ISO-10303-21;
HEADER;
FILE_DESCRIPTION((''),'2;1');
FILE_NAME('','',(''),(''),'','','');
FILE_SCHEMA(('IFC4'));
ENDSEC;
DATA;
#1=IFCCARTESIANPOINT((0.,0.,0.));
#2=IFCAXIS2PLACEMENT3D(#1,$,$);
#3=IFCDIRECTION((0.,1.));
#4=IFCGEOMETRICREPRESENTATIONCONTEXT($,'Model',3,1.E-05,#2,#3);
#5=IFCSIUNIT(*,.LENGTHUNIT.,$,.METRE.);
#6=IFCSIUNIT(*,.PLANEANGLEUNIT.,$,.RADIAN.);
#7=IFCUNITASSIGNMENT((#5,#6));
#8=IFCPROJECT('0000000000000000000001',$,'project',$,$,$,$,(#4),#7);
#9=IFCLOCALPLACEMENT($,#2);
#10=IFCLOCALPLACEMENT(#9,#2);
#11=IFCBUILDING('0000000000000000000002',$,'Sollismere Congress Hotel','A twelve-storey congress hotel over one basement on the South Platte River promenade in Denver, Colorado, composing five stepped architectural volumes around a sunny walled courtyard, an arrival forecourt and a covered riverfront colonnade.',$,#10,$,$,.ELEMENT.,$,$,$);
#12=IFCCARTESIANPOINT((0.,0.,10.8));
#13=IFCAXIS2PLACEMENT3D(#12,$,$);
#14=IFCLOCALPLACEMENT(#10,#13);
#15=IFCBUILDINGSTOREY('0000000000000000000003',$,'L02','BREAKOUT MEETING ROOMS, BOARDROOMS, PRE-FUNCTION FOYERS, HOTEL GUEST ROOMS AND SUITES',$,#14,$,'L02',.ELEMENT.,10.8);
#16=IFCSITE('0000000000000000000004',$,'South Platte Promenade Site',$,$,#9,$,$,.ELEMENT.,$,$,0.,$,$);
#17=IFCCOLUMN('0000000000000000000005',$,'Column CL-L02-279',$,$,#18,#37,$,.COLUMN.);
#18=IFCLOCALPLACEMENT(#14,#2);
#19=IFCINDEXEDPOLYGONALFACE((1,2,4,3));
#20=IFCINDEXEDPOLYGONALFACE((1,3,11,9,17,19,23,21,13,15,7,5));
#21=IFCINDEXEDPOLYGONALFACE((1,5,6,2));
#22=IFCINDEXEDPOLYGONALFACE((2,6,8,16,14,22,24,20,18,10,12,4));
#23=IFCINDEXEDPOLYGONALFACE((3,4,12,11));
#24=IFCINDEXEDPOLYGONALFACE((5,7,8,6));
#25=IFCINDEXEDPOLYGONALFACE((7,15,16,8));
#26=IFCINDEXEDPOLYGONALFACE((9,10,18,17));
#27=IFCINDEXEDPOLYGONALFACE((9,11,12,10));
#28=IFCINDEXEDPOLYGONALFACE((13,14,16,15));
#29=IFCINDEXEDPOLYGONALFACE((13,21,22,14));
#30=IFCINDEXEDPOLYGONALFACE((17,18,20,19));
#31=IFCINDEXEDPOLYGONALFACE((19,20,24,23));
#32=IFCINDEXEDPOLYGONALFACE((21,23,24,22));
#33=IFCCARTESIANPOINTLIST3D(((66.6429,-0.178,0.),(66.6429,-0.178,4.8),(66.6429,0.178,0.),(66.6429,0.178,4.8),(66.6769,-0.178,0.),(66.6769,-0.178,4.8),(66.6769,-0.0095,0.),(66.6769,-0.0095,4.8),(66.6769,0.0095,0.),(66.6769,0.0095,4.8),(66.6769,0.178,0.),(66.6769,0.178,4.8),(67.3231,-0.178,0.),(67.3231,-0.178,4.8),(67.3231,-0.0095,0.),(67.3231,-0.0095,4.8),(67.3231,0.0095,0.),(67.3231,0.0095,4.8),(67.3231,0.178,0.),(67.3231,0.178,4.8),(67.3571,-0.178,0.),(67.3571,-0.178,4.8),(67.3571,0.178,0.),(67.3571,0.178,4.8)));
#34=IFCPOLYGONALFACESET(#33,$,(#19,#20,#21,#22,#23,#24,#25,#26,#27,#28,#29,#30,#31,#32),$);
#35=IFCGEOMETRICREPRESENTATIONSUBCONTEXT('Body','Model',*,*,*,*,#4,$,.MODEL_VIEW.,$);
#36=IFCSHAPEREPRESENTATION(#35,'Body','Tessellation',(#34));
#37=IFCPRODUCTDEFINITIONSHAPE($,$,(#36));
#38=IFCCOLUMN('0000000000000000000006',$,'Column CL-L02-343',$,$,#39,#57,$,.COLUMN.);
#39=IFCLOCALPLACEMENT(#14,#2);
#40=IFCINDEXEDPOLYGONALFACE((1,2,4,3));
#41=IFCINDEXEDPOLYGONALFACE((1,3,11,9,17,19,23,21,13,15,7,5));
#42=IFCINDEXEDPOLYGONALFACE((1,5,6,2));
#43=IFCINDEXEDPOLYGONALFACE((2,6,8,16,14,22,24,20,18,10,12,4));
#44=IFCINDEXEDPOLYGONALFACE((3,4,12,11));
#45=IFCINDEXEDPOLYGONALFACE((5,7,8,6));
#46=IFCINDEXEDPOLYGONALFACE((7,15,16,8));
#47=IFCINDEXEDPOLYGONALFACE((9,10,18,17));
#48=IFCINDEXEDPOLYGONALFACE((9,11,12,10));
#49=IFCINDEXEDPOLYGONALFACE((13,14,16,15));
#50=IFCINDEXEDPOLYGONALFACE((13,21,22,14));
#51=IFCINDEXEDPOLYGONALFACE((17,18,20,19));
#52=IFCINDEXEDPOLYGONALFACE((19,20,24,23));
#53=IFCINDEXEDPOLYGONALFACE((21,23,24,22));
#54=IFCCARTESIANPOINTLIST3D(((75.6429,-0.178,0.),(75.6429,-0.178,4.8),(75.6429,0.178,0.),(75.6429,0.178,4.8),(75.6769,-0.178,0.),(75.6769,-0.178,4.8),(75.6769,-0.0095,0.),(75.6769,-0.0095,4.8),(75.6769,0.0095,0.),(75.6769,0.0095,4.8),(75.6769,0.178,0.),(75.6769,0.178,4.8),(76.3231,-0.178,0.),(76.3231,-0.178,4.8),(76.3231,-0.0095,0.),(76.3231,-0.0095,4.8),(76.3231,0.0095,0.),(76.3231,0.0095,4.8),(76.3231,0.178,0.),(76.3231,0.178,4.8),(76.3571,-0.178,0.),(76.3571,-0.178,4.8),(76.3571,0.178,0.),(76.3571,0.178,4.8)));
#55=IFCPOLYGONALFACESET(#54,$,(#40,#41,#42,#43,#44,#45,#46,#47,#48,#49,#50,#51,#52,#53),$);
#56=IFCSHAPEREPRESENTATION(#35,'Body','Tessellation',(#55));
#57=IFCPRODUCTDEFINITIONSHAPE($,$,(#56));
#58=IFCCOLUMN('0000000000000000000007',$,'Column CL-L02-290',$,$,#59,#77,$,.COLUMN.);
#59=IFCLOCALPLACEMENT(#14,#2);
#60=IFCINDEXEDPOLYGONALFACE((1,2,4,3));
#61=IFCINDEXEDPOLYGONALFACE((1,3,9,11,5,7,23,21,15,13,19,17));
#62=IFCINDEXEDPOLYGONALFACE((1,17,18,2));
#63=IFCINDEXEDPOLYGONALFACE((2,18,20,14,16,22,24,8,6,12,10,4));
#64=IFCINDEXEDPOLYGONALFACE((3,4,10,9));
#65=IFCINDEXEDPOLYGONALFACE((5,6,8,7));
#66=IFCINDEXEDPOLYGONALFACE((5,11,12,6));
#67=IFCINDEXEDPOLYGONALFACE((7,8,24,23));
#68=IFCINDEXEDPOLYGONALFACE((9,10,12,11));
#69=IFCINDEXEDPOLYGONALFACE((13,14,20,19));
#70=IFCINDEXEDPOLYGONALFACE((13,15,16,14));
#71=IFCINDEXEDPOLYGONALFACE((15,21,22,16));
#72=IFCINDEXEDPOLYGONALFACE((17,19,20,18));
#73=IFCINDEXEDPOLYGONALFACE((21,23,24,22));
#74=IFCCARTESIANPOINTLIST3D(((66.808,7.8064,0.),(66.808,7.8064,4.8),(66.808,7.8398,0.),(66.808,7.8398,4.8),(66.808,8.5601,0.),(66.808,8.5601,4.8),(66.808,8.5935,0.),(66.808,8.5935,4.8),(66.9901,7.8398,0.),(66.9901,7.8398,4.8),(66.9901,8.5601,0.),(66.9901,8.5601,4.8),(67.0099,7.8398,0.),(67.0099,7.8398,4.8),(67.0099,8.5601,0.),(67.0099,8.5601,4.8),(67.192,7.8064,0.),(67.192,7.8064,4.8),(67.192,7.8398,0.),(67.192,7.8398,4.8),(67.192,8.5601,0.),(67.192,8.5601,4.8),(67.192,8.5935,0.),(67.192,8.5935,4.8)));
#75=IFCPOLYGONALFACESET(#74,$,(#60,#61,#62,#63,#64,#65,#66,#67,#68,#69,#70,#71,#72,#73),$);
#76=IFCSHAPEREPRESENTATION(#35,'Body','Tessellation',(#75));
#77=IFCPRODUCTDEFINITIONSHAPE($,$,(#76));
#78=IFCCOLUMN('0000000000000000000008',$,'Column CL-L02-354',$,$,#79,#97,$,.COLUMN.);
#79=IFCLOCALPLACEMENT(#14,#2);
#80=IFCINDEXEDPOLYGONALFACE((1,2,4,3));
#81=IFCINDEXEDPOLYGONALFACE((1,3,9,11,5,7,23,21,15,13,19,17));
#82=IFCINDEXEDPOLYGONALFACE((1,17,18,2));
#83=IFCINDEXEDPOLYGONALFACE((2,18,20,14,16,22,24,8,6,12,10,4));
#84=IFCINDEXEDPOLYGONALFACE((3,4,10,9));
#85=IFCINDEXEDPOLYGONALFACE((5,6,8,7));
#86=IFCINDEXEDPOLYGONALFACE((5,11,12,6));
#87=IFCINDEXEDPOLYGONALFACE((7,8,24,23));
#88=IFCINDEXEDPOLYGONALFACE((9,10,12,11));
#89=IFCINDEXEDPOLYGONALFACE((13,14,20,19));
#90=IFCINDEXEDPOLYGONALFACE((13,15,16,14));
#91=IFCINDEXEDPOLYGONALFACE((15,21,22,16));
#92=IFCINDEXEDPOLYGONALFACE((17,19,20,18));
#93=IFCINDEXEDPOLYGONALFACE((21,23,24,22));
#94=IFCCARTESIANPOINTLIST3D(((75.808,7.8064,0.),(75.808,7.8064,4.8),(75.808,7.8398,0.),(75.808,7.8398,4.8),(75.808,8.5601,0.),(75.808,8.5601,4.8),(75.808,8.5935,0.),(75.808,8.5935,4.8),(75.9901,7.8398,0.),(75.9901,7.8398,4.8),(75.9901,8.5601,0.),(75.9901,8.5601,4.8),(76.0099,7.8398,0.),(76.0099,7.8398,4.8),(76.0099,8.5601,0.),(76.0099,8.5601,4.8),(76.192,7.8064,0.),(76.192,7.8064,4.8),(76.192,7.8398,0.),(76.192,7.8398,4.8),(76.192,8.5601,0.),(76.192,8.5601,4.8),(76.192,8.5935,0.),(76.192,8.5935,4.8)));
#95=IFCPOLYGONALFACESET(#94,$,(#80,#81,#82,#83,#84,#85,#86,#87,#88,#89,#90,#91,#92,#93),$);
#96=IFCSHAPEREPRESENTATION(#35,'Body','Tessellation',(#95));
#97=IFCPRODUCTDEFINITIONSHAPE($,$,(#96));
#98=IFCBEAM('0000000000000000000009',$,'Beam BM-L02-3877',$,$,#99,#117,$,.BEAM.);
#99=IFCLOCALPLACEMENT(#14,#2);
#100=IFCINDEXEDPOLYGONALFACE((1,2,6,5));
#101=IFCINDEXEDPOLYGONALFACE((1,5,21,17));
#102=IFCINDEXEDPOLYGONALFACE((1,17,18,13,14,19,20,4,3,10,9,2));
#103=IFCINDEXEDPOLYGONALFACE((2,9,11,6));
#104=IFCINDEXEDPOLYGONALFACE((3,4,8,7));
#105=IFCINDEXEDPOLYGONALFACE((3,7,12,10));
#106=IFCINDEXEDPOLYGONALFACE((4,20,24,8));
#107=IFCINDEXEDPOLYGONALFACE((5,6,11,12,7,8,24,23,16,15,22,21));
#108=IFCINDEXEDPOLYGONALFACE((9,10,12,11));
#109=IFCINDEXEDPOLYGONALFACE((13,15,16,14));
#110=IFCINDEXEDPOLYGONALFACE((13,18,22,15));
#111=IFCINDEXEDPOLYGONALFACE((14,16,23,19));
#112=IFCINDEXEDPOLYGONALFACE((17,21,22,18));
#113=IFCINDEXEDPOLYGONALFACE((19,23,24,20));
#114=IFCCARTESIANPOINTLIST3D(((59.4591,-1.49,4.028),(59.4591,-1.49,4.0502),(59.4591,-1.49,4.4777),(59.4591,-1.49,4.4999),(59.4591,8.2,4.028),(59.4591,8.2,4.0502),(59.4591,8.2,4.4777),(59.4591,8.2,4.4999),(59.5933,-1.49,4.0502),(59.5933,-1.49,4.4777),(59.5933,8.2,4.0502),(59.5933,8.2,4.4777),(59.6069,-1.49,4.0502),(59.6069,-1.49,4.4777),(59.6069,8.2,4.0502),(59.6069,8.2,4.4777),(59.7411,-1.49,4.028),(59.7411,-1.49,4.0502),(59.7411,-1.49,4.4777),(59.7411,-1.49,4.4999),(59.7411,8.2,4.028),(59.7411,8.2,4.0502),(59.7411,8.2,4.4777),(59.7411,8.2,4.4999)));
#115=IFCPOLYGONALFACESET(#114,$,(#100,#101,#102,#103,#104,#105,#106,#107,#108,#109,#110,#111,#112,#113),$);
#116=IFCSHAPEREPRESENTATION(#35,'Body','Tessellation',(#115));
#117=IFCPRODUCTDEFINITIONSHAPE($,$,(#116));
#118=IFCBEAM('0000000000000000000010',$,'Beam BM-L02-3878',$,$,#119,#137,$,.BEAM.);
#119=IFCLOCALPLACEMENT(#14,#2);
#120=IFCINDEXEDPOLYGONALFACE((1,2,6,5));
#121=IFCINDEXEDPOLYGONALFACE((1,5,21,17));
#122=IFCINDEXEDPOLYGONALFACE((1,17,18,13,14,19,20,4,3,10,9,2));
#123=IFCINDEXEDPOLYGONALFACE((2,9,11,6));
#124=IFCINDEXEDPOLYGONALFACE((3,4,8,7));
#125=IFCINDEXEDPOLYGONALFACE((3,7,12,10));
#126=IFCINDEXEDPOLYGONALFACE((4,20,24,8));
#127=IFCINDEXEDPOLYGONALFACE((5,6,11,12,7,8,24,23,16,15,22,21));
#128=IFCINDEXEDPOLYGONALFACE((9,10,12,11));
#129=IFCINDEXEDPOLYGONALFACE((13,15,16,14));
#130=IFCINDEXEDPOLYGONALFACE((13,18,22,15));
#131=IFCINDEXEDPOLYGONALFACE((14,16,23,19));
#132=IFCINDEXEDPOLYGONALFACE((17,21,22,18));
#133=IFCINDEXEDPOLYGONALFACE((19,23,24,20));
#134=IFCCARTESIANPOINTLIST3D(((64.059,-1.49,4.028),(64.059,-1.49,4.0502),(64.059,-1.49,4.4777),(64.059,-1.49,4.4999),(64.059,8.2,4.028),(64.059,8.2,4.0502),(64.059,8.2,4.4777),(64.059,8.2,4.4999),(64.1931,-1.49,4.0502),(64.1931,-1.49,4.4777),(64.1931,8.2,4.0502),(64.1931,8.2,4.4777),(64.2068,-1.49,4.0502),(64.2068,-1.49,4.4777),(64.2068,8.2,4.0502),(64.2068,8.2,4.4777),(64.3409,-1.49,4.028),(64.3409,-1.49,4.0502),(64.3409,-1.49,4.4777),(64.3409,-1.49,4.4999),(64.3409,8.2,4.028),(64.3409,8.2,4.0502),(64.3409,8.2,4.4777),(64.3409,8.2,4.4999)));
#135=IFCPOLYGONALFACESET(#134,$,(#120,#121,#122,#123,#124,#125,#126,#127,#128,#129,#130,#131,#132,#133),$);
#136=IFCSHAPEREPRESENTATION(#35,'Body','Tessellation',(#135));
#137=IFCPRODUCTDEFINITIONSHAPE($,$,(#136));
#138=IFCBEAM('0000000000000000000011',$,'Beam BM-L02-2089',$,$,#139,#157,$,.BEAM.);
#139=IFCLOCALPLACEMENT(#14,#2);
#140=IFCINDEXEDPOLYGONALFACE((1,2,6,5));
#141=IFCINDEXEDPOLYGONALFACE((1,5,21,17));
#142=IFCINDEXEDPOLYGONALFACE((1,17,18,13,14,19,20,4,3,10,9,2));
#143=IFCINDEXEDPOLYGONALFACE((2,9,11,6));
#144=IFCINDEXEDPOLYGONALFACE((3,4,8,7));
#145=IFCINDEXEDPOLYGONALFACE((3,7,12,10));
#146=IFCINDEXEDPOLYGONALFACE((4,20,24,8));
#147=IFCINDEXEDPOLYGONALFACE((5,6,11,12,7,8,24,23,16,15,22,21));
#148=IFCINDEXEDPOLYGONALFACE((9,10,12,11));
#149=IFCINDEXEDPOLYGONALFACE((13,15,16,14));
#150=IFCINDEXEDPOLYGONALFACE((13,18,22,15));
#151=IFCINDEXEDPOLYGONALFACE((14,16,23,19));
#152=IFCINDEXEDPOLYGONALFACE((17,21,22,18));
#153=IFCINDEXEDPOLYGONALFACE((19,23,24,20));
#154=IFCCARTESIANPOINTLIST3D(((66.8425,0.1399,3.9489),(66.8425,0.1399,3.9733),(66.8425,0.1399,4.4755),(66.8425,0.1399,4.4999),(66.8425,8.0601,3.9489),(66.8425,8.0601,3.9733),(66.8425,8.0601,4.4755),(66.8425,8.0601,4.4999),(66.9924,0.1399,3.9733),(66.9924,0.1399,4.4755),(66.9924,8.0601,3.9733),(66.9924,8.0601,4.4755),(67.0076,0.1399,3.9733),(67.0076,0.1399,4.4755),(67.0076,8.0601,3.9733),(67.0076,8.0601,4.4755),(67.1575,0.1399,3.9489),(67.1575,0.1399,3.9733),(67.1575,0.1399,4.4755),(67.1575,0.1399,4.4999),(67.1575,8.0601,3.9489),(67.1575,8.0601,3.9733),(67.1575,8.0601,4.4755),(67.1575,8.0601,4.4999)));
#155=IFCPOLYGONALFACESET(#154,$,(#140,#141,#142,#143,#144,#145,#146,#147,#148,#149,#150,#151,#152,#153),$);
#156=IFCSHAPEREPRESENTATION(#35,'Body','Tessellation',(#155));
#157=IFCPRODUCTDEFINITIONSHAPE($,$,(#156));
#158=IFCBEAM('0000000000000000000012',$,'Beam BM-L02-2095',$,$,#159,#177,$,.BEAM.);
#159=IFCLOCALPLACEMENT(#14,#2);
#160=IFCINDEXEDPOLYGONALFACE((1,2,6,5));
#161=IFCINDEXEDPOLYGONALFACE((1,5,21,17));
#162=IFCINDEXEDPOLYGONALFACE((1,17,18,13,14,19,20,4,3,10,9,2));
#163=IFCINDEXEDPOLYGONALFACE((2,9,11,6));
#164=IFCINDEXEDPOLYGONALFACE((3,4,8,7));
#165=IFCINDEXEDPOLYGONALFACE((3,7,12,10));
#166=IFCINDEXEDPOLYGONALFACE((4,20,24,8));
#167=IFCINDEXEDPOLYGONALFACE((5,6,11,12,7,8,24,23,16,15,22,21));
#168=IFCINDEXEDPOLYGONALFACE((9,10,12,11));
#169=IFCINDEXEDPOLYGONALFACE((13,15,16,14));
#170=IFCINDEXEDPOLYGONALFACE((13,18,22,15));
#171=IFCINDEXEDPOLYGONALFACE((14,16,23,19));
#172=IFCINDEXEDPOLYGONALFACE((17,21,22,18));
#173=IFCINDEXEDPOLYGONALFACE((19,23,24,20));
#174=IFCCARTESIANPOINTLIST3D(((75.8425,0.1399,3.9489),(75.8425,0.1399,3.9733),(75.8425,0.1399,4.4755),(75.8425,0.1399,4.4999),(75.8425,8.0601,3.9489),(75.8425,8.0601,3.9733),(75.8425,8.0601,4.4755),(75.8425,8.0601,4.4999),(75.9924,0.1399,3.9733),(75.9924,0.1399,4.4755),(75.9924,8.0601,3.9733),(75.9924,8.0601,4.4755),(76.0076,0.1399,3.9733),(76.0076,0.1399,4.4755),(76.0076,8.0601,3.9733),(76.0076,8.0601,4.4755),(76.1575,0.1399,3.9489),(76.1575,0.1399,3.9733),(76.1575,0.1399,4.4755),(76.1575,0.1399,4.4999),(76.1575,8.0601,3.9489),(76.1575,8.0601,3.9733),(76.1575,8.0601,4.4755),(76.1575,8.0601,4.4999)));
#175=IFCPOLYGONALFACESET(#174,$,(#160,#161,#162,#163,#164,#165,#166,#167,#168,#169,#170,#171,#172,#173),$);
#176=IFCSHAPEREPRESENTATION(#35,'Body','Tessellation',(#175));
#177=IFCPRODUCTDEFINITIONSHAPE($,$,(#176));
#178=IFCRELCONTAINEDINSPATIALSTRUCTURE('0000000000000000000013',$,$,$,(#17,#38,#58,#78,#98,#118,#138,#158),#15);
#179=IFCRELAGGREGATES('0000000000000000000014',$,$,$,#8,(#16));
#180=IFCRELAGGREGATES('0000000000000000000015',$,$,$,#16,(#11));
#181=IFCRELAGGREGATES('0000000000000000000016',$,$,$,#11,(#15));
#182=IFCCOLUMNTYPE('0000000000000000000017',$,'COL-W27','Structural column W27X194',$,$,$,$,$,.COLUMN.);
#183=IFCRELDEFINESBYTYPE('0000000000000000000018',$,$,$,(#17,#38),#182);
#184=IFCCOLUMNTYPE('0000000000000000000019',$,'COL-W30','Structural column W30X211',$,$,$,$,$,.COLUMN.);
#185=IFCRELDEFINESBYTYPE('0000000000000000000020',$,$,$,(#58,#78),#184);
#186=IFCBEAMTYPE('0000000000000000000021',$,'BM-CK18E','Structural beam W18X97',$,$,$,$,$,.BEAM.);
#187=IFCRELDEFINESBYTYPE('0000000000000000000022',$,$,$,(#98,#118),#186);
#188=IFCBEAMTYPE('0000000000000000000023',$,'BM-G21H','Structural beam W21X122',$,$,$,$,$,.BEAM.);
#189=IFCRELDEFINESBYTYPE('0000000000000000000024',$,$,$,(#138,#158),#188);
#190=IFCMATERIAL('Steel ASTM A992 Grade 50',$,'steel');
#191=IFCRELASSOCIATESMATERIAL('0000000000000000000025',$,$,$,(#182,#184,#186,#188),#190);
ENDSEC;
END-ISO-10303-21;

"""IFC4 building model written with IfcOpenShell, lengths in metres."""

from ifc_helpers import new_model, si_unit, direction, frame, origin, origin_2d, place, context, subcontext, project, spatial, i_section, extrude, material, material_profile, profile_set, type_object, element, save


model = new_model("IFC4")

# Units and contexts
model_context = context("Model", 3, precision=1e-05, world=origin(), true_north=direction((0.0, 1.0)))
body_context = subcontext(model_context, "Body", "Model", "MODEL_VIEW")
ifc_project = project(units=[si_unit("LENGTHUNIT", "METRE"), si_unit("PLANEANGLEUNIT", "RADIAN")], contexts=[model_context])

# Site, building, storey
site_placement = place(None, origin())
site = spatial("IfcSite", under=ifc_project, at=site_placement, Name="South Platte Promenade Site", CompositionType="ELEMENT", RefElevation=0.0)
building_placement = place(site_placement, origin())
building = spatial("IfcBuilding", under=site, at=building_placement, Name="Sollismere Congress Hotel", Description="A twelve-storey congress hotel over one basement on the South Platte River promenade in Denver, Colorado, composing five stepped architectural volumes around a sunny walled courtyard, an arrival forecourt and a covered riverfront colonnade.", CompositionType="ELEMENT")
storey_placement = place(building_placement, frame((0.0, 0.0, 10.8)))
storey = spatial("IfcBuildingStorey", under=building, at=storey_placement, Name="L02", Description="BREAKOUT MEETING ROOMS, BOARDROOMS, PRE-FUNCTION FOYERS, HOTEL GUEST ROOMS AND SUITES", LongName="L02", CompositionType="ELEMENT", Elevation=10.8)

# Columns
ifc_material_1 = material(Name="Steel ASTM A992 Grade 50", Category="steel")
ifc_material_profile_1 = material_profile(ifc_material_1, i_section(OverallWidth=0.356, OverallDepth=0.7141, WebThickness=0.019, FlangeThickness=0.0339, at=origin_2d()), Name="W27X194")
ifc_profile_set_1 = profile_set([ifc_material_profile_1], Name="Steel ASTM A992 Grade 50")
column_type_1 = type_object("IfcColumnType", Name="COL-W27", Description="Structural column W27X194", PredefinedType="COLUMN", material=ifc_profile_set_1)
for number, where, z_axis, x_axis, name in (
    (1, (67.0, 0.0, 0.0), (0.0, 0.0, 1.0), (0.0, 1.0, 0.0), "Column CL-L02-279"),
    (2, (76.0, 0.0, 0.0), (0.0, 0.0, 1.0), (0.0, 1.0, 0.0), "Column CL-L02-343"),
):
    element("IfcColumn", number, at=place(storey_placement, frame(where, z_axis=z_axis, x_axis=x_axis)), inside=storey, type_object=column_type_1, Name=name, PredefinedType="COLUMN", context=body_context, shape_type="SweptSolid", body=[
        extrude(i_section(OverallWidth=0.356, OverallDepth=0.7141, WebThickness=0.019, FlangeThickness=0.0339, at=origin_2d()), origin(), (0.0, 0.0, 1.0), 4.8),
    ])
ifc_material_profile_2 = material_profile(ifc_material_1, i_section(OverallWidth=0.384, OverallDepth=0.7871, WebThickness=0.0198, FlangeThickness=0.0334, at=origin_2d()), Name="W30X211")
ifc_profile_set_2 = profile_set([ifc_material_profile_2], Name="Steel ASTM A992 Grade 50")
column_type_2 = type_object("IfcColumnType", Name="COL-W30", Description="Structural column W30X211", PredefinedType="COLUMN", material=ifc_profile_set_2)
for number, where, z_axis, x_axis, name in (
    (3, (67.0, 8.2, 0.0), (0.0, 0.0, 1.0), (1.0, 0.0, 0.0), "Column CL-L02-290"),
    (4, (76.0, 8.2, 0.0), (0.0, 0.0, 1.0), (1.0, 0.0, 0.0), "Column CL-L02-354"),
):
    element("IfcColumn", number, at=place(storey_placement, frame(where, z_axis=z_axis, x_axis=x_axis)), inside=storey, type_object=column_type_2, Name=name, PredefinedType="COLUMN", context=body_context, shape_type="SweptSolid", body=[
        extrude(i_section(OverallWidth=0.384, OverallDepth=0.7871, WebThickness=0.0198, FlangeThickness=0.0334, at=origin_2d()), origin(), (0.0, 0.0, 1.0), 4.8),
    ])

# Beams
ifc_material_profile_3 = material_profile(ifc_material_1, i_section(OverallWidth=0.282, OverallDepth=0.4719, WebThickness=0.0137, FlangeThickness=0.0222, at=origin_2d()), Name="W18X97")
ifc_profile_set_3 = profile_set([ifc_material_profile_3], Name="Steel ASTM A992 Grade 50")
beam_type_1 = type_object("IfcBeamType", Name="BM-CK18E", Description="Structural beam W18X97", PredefinedType="BEAM", material=ifc_profile_set_3)
for number, where, z_axis, x_axis, name in (
    (5, (59.6001, 8.2, 4.2639), (0.0, -1.0, 0.0), (1.0, 0.0, 0.0), "Beam BM-L02-3877"),
    (6, (64.2, 8.2, 4.2639), (0.0, -1.0, 0.0), (1.0, 0.0, 0.0), "Beam BM-L02-3878"),
):
    element("IfcBeam", number, at=place(storey_placement, frame(where, z_axis=z_axis, x_axis=x_axis)), inside=storey, type_object=beam_type_1, Name=name, PredefinedType="BEAM", context=body_context, shape_type="SweptSolid", body=[
        extrude(i_section(OverallWidth=0.282, OverallDepth=0.4719, WebThickness=0.0137, FlangeThickness=0.0222, at=origin_2d()), origin(), (0.0, 0.0, 1.0), 9.6899),
    ])
ifc_material_profile_4 = material_profile(ifc_material_1, i_section(OverallWidth=0.3149, OverallDepth=0.551, WebThickness=0.0151, FlangeThickness=0.0244, at=origin_2d()), Name="W21X122")
ifc_profile_set_4 = profile_set([ifc_material_profile_4], Name="Steel ASTM A992 Grade 50")
beam_type_2 = type_object("IfcBeamType", Name="BM-G21H", Description="Structural beam W21X122", PredefinedType="BEAM", material=ifc_profile_set_4)
for number, where, z_axis, x_axis, name in (
    (7, (67.0, 0.1399, 4.2244), (0.0, 1.0, 0.0), (-1.0, 0.0, 0.0), "Beam BM-L02-2089"),
    (8, (76.0, 0.1399, 4.2244), (0.0, 1.0, 0.0), (-1.0, 0.0, 0.0), "Beam BM-L02-2095"),
):
    element("IfcBeam", number, at=place(storey_placement, frame(where, z_axis=z_axis, x_axis=x_axis)), inside=storey, type_object=beam_type_2, Name=name, PredefinedType="BEAM", context=body_context, shape_type="SweptSolid", body=[
        extrude(i_section(OverallWidth=0.3149, OverallDepth=0.551, WebThickness=0.0151, FlangeThickness=0.0244, at=origin_2d()), origin(), (0.0, 0.0, 1.0), 7.9202),
    ])

save(model, "model.ifc")
